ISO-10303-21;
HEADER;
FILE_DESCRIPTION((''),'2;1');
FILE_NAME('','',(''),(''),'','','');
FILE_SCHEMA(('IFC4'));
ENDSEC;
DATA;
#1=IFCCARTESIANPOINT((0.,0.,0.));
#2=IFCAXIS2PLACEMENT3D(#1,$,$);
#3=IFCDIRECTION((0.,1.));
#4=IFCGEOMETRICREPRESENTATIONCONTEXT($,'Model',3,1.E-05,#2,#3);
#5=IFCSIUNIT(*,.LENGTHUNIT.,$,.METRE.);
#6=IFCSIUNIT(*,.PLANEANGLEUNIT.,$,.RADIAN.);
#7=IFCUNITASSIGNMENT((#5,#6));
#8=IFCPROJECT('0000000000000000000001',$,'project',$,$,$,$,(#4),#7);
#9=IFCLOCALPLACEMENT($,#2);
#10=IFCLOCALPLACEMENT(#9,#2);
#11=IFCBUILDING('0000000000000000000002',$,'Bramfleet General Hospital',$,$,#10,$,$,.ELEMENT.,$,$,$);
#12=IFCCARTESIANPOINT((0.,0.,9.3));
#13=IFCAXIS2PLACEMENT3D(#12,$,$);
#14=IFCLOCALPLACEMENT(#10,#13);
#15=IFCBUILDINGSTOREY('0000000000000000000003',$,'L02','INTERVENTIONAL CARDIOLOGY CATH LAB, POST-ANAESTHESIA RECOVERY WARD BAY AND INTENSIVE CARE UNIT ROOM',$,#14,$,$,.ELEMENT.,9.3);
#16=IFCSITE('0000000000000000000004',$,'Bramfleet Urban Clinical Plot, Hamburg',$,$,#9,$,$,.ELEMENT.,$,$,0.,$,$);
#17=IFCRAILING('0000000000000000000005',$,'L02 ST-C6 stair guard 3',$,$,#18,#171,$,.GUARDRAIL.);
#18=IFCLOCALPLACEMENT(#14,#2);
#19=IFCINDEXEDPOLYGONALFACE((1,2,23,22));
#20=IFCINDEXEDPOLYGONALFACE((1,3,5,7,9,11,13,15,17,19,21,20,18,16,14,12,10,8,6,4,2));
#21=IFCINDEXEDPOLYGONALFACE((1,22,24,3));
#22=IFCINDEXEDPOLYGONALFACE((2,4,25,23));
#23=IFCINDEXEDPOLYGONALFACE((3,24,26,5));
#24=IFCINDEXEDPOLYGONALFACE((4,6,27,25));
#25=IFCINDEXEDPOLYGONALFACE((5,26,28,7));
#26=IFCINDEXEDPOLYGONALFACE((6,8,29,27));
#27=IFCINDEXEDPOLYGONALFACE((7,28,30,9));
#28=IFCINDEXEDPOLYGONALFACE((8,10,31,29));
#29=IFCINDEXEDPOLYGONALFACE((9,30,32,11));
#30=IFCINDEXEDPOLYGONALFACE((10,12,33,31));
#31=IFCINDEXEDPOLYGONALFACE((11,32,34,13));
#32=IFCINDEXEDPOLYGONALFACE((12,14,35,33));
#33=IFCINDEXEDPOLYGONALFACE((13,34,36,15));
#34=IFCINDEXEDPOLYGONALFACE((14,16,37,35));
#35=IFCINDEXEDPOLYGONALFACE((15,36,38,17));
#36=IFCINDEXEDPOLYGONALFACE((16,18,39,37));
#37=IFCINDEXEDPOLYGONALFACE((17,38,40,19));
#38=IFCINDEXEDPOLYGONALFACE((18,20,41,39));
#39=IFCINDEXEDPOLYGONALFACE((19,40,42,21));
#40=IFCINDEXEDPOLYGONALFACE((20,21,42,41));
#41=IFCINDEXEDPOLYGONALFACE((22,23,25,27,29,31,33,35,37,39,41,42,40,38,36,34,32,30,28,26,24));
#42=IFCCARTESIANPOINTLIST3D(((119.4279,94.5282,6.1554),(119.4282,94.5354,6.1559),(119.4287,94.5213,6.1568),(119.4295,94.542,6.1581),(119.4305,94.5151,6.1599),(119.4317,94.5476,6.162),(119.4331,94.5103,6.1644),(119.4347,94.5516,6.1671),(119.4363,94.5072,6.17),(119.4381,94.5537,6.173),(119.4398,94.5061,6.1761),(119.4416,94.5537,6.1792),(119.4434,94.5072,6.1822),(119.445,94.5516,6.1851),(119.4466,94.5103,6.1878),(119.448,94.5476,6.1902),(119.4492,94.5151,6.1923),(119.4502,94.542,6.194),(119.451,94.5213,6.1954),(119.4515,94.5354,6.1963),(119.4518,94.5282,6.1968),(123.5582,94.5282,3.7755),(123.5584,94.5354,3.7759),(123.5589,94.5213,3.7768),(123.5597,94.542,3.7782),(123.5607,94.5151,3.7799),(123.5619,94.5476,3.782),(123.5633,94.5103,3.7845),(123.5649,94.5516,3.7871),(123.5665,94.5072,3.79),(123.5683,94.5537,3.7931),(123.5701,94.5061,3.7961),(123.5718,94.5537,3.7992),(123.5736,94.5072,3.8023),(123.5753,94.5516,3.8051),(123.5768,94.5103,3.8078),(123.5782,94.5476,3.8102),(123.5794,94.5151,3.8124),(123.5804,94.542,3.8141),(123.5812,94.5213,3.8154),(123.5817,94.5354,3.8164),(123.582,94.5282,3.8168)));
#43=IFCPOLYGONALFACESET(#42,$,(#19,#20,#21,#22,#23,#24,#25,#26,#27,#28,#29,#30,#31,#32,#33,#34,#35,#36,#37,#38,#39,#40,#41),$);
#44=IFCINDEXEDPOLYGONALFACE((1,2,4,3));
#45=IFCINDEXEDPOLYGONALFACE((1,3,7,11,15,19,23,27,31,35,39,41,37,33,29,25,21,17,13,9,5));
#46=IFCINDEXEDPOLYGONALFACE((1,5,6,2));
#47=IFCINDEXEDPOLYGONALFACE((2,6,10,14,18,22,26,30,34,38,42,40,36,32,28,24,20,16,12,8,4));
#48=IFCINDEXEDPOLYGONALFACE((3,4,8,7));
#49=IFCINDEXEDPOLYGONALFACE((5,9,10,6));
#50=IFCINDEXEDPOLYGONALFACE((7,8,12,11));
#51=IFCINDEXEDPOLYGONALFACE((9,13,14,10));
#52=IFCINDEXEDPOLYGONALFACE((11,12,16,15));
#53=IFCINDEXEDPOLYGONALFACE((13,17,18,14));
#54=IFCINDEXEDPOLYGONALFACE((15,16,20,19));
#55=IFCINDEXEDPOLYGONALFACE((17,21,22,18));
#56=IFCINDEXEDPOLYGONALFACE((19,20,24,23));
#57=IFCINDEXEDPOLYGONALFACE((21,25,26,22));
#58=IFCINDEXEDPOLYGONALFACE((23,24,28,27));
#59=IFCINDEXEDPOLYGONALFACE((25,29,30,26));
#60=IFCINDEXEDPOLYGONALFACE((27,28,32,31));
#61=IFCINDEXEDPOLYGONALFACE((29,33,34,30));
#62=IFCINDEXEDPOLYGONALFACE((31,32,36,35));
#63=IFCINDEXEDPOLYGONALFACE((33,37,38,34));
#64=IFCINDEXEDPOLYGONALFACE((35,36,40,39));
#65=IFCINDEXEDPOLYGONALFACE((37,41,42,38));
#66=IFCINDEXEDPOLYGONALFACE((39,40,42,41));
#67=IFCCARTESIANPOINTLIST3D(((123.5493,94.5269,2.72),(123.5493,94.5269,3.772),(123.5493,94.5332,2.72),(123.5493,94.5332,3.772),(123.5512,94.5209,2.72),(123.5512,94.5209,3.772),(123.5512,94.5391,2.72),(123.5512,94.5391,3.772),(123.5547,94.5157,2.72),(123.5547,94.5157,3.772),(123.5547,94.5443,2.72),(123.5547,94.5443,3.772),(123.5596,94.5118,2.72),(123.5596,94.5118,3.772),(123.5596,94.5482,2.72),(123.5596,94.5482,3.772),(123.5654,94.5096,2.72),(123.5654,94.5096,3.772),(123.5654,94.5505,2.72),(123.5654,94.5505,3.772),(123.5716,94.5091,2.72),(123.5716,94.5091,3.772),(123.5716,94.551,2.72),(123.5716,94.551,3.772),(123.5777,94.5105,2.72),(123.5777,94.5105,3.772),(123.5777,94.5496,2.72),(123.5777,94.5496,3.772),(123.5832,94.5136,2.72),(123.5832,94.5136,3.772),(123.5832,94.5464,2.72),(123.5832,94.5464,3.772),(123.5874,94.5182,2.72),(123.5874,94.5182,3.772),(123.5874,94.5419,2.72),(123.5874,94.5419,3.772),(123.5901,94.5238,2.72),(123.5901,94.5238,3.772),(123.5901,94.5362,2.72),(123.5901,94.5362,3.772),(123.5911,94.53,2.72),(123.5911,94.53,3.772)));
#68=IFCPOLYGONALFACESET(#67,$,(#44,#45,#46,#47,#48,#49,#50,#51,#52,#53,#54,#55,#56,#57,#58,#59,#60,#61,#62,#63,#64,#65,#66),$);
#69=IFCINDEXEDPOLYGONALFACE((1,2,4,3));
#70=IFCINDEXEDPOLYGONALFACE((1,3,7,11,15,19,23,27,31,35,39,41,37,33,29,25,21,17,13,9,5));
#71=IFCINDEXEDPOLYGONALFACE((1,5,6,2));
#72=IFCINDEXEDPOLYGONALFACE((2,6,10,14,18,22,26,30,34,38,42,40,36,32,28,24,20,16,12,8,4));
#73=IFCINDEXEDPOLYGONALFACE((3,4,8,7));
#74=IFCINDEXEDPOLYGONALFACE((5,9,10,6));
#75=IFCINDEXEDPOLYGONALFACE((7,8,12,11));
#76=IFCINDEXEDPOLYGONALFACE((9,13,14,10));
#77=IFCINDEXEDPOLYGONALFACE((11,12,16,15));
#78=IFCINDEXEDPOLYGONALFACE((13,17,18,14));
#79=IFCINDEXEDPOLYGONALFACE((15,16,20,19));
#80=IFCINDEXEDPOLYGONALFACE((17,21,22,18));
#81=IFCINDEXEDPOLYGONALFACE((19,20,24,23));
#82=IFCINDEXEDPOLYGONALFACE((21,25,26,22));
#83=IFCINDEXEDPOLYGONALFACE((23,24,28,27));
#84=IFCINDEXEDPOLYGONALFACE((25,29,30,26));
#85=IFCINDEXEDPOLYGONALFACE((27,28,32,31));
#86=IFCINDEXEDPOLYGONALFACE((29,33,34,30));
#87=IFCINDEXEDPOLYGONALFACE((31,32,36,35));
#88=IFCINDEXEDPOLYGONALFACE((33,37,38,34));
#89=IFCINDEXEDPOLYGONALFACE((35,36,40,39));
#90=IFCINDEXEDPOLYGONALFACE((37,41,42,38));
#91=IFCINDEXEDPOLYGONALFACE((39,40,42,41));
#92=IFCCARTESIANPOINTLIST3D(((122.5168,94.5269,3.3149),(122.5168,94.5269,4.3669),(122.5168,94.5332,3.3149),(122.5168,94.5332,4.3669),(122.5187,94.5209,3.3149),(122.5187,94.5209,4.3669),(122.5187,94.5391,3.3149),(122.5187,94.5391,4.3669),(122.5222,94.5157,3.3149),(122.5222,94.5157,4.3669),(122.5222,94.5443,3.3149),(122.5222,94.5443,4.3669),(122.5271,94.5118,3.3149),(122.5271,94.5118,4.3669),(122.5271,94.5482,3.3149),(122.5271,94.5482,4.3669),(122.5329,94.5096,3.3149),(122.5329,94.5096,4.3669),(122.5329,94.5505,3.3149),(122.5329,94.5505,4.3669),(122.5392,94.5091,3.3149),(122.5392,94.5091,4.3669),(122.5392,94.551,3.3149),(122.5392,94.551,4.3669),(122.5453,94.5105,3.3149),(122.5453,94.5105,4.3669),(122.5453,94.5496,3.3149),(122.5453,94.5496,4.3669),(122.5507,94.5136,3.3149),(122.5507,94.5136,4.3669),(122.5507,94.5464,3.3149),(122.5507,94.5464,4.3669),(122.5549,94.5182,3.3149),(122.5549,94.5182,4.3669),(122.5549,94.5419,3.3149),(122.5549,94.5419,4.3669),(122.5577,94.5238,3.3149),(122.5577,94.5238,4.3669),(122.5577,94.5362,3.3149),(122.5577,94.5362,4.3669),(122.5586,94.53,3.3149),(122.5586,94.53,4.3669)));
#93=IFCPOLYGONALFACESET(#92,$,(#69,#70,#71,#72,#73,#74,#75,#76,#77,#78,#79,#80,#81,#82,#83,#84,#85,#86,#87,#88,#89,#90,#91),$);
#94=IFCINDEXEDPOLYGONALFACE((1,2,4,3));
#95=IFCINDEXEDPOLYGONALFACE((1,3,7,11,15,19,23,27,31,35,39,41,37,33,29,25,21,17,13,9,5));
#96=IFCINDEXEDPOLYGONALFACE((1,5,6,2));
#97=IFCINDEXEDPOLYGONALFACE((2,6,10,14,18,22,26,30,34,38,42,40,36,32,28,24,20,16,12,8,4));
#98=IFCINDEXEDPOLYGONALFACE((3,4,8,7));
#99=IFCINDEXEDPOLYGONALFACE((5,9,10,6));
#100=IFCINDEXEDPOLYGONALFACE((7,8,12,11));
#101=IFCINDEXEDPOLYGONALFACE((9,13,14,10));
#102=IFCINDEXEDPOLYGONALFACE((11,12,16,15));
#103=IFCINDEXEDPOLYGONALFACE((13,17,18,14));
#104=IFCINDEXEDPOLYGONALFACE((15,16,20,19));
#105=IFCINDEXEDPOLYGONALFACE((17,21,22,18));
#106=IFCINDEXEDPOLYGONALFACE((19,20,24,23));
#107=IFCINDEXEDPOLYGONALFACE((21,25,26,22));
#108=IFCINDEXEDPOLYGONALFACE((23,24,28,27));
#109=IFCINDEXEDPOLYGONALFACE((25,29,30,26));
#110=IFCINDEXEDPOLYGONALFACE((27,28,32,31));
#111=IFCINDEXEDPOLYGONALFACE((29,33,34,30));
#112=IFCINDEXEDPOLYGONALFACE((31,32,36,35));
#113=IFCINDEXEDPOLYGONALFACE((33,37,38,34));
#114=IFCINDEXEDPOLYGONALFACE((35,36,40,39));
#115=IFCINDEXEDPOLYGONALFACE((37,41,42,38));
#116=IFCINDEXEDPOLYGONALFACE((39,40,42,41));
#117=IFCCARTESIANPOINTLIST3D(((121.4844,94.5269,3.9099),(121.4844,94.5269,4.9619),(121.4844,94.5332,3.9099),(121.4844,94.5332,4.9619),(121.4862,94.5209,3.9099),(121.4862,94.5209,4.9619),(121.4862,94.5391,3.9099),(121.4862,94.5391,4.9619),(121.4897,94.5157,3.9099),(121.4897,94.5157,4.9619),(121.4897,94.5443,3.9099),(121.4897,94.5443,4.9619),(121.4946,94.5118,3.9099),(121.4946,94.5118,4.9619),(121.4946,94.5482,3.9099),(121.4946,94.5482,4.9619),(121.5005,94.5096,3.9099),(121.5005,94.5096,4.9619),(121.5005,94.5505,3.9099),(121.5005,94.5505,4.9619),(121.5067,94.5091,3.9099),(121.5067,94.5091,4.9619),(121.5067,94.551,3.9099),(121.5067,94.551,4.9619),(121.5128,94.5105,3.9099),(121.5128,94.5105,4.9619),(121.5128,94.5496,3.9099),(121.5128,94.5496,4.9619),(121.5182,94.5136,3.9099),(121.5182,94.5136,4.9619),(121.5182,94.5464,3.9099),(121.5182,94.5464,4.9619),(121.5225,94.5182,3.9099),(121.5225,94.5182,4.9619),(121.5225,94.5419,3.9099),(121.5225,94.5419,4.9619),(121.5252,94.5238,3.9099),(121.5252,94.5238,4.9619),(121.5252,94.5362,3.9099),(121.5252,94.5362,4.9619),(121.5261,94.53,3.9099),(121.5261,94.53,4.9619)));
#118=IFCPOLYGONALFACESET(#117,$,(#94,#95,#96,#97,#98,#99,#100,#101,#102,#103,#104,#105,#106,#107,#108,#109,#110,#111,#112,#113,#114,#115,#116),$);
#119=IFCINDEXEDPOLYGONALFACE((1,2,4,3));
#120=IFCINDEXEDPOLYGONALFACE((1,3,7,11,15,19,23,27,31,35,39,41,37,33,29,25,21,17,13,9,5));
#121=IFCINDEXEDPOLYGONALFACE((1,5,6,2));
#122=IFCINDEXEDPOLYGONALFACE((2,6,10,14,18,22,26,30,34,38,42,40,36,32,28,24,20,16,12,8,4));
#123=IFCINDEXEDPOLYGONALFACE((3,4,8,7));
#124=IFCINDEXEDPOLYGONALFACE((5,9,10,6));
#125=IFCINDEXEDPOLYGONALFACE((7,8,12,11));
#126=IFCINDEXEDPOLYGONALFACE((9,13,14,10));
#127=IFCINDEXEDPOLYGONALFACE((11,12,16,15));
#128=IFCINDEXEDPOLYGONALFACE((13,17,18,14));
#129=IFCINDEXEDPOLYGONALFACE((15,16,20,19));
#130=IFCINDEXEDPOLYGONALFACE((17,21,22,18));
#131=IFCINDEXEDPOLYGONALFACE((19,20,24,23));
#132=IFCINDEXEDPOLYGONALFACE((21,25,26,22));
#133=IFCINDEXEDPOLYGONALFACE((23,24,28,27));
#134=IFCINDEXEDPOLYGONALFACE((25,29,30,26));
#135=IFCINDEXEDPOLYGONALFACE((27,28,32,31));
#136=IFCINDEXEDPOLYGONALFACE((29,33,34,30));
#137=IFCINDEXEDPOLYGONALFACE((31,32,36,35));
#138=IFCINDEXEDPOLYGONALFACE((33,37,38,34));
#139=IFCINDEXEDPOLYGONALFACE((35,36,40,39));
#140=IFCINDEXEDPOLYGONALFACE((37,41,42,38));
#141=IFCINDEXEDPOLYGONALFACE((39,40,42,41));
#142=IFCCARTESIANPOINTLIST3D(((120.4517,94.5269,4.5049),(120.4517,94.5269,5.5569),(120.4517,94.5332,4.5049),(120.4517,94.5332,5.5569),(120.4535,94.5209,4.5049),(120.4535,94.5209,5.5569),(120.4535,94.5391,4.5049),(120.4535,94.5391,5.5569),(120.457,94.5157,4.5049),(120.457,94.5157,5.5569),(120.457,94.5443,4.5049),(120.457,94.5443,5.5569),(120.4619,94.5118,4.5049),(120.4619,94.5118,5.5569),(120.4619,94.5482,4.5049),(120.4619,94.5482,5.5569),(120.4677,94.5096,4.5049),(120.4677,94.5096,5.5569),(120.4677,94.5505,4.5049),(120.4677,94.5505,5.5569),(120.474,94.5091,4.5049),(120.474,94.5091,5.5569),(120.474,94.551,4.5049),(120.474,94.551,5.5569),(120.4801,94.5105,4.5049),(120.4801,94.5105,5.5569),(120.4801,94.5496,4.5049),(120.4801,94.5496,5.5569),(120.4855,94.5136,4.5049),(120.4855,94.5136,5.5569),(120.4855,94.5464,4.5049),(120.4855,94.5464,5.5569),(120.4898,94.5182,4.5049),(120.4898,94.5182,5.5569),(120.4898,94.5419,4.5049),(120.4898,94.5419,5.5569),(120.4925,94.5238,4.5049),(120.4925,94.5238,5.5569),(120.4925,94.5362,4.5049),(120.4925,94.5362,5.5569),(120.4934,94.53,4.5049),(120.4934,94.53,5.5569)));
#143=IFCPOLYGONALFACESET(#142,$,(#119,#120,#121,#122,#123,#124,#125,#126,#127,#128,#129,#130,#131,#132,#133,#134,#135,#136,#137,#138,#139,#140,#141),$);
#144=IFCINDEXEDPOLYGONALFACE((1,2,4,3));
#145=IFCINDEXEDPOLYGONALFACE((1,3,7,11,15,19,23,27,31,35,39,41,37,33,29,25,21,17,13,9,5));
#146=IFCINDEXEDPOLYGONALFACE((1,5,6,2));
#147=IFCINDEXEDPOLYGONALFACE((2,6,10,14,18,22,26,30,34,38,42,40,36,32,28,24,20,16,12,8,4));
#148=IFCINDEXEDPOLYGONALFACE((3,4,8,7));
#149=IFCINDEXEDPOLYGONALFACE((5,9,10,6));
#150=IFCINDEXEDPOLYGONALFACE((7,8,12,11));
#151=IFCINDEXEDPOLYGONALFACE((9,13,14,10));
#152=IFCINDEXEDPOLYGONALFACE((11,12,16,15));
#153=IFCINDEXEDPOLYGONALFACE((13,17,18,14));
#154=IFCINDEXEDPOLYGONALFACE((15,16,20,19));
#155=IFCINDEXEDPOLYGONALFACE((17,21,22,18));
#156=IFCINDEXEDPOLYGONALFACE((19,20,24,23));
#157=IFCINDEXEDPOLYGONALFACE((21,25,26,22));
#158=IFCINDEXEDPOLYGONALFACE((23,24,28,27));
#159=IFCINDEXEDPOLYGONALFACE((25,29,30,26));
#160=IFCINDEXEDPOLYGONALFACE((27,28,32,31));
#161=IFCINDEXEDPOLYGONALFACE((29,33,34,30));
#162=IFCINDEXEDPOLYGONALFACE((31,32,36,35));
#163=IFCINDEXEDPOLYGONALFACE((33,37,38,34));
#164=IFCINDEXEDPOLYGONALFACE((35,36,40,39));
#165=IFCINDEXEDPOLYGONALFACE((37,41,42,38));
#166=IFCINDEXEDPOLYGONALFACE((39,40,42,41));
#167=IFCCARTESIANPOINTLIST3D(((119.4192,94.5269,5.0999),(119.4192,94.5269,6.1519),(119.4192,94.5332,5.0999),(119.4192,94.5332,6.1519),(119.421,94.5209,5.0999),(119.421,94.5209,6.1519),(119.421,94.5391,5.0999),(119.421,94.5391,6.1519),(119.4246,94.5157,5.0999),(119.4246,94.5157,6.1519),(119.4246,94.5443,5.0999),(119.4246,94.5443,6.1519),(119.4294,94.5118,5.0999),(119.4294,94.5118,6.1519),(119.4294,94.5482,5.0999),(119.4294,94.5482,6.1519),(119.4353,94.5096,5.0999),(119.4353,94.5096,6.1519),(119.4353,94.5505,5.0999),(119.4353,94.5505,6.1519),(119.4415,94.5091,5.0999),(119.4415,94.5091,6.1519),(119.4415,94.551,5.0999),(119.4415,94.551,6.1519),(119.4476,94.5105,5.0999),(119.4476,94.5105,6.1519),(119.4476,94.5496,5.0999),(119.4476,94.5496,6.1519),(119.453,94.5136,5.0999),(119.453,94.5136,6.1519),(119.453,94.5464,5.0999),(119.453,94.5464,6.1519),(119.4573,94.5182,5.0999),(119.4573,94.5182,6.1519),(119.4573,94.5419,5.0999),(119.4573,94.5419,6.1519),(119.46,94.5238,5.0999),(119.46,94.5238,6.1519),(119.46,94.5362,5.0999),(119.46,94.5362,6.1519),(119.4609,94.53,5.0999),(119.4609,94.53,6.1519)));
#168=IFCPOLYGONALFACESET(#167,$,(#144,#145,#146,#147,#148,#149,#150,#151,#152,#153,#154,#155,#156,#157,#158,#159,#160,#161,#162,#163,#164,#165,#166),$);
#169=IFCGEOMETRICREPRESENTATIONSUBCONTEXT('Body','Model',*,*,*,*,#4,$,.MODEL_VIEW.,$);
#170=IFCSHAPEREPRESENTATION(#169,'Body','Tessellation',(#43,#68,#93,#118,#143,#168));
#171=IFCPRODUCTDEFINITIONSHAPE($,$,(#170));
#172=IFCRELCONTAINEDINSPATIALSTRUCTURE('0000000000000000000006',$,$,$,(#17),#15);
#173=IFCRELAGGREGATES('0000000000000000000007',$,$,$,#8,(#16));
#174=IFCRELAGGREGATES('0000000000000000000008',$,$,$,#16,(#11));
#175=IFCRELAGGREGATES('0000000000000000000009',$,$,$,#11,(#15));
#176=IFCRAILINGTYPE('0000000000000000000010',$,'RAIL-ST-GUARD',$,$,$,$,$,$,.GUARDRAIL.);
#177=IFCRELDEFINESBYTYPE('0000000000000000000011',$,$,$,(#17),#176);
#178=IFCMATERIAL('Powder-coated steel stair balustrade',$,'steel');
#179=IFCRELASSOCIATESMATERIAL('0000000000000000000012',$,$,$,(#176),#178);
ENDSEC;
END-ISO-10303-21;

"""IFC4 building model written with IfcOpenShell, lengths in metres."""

from ifc_helpers import new_model, si_unit, direction, frame, origin, origin_2d, place, context, subcontext, project, spatial, circle, extrude, material, type_object, element, save


model = new_model("IFC4")

# Units and contexts
model_context = context("Model", 3, precision=1e-05, world=origin(), true_north=direction((0.0, 1.0)))
body_context = subcontext(model_context, "Body", "Model", "MODEL_VIEW")
ifc_project = project(units=[si_unit("LENGTHUNIT", "METRE"), si_unit("PLANEANGLEUNIT", "RADIAN")], contexts=[model_context])

# Site, building, storey
site_placement = place(None, origin())
site = spatial("IfcSite", under=ifc_project, at=site_placement, Name="Bramfleet Urban Clinical Plot, Hamburg", CompositionType="ELEMENT", RefElevation=0.0)
building_placement = place(site_placement, origin())
building = spatial("IfcBuilding", under=site, at=building_placement, Name="Bramfleet General Hospital", CompositionType="ELEMENT")
storey_placement = place(building_placement, frame((0.0, 0.0, 9.3)))
storey = spatial("IfcBuildingStorey", under=building, at=storey_placement, Name="L02", Description="INTERVENTIONAL CARDIOLOGY CATH LAB, POST-ANAESTHESIA RECOVERY WARD BAY AND INTENSIVE CARE UNIT ROOM", CompositionType="ELEMENT", Elevation=9.3)

# Railing
ifc_material_1 = material(Name="Powder-coated steel stair balustrade", Category="steel")
railing_type = type_object("IfcRailingType", Name="RAIL-ST-GUARD", PredefinedType="GUARDRAIL", material=ifc_material_1)
railing_1_placement = place(storey_placement, frame((123.5701, 94.53, 2.72)))
element("IfcRailing", 1, at=railing_1_placement, inside=storey, type_object=railing_type, Name="L02 ST-C6 stair guard 3", PredefinedType="GUARDRAIL", context=body_context, shape_type="SweptSolid", body=[
    extrude(circle(Radius=0.0239, at=origin_2d()), frame((0.0, 0.0, 1.0762), z_axis=(-0.866447, 0.0, 0.499269), x_axis=(0.0, -1.0, 0.0)), (0.0, 0.0, 1.0), 4.7668),
    extrude(circle(Radius=0.021, at=origin_2d()), origin(), (0.0, 0.0, 1.0), 1.052),
    extrude(circle(Radius=0.021, at=origin_2d()), frame((-1.0325, 0.0, 0.595)), (0.0, 0.0, 1.0), 1.052),
    extrude(circle(Radius=0.021, at=origin_2d()), frame((-2.0649, 0.0, 1.1899)), (0.0, 0.0, 1.0), 1.052),
    extrude(circle(Radius=0.021, at=origin_2d()), frame((-3.0977, 0.0, 1.7849)), (0.0, 0.0, 1.0), 1.052),
    extrude(circle(Radius=0.021, at=origin_2d()), frame((-4.1301, 0.0, 2.3799)), (0.0, 0.0, 1.0), 1.052),
])

save(model, "model.ifc")
